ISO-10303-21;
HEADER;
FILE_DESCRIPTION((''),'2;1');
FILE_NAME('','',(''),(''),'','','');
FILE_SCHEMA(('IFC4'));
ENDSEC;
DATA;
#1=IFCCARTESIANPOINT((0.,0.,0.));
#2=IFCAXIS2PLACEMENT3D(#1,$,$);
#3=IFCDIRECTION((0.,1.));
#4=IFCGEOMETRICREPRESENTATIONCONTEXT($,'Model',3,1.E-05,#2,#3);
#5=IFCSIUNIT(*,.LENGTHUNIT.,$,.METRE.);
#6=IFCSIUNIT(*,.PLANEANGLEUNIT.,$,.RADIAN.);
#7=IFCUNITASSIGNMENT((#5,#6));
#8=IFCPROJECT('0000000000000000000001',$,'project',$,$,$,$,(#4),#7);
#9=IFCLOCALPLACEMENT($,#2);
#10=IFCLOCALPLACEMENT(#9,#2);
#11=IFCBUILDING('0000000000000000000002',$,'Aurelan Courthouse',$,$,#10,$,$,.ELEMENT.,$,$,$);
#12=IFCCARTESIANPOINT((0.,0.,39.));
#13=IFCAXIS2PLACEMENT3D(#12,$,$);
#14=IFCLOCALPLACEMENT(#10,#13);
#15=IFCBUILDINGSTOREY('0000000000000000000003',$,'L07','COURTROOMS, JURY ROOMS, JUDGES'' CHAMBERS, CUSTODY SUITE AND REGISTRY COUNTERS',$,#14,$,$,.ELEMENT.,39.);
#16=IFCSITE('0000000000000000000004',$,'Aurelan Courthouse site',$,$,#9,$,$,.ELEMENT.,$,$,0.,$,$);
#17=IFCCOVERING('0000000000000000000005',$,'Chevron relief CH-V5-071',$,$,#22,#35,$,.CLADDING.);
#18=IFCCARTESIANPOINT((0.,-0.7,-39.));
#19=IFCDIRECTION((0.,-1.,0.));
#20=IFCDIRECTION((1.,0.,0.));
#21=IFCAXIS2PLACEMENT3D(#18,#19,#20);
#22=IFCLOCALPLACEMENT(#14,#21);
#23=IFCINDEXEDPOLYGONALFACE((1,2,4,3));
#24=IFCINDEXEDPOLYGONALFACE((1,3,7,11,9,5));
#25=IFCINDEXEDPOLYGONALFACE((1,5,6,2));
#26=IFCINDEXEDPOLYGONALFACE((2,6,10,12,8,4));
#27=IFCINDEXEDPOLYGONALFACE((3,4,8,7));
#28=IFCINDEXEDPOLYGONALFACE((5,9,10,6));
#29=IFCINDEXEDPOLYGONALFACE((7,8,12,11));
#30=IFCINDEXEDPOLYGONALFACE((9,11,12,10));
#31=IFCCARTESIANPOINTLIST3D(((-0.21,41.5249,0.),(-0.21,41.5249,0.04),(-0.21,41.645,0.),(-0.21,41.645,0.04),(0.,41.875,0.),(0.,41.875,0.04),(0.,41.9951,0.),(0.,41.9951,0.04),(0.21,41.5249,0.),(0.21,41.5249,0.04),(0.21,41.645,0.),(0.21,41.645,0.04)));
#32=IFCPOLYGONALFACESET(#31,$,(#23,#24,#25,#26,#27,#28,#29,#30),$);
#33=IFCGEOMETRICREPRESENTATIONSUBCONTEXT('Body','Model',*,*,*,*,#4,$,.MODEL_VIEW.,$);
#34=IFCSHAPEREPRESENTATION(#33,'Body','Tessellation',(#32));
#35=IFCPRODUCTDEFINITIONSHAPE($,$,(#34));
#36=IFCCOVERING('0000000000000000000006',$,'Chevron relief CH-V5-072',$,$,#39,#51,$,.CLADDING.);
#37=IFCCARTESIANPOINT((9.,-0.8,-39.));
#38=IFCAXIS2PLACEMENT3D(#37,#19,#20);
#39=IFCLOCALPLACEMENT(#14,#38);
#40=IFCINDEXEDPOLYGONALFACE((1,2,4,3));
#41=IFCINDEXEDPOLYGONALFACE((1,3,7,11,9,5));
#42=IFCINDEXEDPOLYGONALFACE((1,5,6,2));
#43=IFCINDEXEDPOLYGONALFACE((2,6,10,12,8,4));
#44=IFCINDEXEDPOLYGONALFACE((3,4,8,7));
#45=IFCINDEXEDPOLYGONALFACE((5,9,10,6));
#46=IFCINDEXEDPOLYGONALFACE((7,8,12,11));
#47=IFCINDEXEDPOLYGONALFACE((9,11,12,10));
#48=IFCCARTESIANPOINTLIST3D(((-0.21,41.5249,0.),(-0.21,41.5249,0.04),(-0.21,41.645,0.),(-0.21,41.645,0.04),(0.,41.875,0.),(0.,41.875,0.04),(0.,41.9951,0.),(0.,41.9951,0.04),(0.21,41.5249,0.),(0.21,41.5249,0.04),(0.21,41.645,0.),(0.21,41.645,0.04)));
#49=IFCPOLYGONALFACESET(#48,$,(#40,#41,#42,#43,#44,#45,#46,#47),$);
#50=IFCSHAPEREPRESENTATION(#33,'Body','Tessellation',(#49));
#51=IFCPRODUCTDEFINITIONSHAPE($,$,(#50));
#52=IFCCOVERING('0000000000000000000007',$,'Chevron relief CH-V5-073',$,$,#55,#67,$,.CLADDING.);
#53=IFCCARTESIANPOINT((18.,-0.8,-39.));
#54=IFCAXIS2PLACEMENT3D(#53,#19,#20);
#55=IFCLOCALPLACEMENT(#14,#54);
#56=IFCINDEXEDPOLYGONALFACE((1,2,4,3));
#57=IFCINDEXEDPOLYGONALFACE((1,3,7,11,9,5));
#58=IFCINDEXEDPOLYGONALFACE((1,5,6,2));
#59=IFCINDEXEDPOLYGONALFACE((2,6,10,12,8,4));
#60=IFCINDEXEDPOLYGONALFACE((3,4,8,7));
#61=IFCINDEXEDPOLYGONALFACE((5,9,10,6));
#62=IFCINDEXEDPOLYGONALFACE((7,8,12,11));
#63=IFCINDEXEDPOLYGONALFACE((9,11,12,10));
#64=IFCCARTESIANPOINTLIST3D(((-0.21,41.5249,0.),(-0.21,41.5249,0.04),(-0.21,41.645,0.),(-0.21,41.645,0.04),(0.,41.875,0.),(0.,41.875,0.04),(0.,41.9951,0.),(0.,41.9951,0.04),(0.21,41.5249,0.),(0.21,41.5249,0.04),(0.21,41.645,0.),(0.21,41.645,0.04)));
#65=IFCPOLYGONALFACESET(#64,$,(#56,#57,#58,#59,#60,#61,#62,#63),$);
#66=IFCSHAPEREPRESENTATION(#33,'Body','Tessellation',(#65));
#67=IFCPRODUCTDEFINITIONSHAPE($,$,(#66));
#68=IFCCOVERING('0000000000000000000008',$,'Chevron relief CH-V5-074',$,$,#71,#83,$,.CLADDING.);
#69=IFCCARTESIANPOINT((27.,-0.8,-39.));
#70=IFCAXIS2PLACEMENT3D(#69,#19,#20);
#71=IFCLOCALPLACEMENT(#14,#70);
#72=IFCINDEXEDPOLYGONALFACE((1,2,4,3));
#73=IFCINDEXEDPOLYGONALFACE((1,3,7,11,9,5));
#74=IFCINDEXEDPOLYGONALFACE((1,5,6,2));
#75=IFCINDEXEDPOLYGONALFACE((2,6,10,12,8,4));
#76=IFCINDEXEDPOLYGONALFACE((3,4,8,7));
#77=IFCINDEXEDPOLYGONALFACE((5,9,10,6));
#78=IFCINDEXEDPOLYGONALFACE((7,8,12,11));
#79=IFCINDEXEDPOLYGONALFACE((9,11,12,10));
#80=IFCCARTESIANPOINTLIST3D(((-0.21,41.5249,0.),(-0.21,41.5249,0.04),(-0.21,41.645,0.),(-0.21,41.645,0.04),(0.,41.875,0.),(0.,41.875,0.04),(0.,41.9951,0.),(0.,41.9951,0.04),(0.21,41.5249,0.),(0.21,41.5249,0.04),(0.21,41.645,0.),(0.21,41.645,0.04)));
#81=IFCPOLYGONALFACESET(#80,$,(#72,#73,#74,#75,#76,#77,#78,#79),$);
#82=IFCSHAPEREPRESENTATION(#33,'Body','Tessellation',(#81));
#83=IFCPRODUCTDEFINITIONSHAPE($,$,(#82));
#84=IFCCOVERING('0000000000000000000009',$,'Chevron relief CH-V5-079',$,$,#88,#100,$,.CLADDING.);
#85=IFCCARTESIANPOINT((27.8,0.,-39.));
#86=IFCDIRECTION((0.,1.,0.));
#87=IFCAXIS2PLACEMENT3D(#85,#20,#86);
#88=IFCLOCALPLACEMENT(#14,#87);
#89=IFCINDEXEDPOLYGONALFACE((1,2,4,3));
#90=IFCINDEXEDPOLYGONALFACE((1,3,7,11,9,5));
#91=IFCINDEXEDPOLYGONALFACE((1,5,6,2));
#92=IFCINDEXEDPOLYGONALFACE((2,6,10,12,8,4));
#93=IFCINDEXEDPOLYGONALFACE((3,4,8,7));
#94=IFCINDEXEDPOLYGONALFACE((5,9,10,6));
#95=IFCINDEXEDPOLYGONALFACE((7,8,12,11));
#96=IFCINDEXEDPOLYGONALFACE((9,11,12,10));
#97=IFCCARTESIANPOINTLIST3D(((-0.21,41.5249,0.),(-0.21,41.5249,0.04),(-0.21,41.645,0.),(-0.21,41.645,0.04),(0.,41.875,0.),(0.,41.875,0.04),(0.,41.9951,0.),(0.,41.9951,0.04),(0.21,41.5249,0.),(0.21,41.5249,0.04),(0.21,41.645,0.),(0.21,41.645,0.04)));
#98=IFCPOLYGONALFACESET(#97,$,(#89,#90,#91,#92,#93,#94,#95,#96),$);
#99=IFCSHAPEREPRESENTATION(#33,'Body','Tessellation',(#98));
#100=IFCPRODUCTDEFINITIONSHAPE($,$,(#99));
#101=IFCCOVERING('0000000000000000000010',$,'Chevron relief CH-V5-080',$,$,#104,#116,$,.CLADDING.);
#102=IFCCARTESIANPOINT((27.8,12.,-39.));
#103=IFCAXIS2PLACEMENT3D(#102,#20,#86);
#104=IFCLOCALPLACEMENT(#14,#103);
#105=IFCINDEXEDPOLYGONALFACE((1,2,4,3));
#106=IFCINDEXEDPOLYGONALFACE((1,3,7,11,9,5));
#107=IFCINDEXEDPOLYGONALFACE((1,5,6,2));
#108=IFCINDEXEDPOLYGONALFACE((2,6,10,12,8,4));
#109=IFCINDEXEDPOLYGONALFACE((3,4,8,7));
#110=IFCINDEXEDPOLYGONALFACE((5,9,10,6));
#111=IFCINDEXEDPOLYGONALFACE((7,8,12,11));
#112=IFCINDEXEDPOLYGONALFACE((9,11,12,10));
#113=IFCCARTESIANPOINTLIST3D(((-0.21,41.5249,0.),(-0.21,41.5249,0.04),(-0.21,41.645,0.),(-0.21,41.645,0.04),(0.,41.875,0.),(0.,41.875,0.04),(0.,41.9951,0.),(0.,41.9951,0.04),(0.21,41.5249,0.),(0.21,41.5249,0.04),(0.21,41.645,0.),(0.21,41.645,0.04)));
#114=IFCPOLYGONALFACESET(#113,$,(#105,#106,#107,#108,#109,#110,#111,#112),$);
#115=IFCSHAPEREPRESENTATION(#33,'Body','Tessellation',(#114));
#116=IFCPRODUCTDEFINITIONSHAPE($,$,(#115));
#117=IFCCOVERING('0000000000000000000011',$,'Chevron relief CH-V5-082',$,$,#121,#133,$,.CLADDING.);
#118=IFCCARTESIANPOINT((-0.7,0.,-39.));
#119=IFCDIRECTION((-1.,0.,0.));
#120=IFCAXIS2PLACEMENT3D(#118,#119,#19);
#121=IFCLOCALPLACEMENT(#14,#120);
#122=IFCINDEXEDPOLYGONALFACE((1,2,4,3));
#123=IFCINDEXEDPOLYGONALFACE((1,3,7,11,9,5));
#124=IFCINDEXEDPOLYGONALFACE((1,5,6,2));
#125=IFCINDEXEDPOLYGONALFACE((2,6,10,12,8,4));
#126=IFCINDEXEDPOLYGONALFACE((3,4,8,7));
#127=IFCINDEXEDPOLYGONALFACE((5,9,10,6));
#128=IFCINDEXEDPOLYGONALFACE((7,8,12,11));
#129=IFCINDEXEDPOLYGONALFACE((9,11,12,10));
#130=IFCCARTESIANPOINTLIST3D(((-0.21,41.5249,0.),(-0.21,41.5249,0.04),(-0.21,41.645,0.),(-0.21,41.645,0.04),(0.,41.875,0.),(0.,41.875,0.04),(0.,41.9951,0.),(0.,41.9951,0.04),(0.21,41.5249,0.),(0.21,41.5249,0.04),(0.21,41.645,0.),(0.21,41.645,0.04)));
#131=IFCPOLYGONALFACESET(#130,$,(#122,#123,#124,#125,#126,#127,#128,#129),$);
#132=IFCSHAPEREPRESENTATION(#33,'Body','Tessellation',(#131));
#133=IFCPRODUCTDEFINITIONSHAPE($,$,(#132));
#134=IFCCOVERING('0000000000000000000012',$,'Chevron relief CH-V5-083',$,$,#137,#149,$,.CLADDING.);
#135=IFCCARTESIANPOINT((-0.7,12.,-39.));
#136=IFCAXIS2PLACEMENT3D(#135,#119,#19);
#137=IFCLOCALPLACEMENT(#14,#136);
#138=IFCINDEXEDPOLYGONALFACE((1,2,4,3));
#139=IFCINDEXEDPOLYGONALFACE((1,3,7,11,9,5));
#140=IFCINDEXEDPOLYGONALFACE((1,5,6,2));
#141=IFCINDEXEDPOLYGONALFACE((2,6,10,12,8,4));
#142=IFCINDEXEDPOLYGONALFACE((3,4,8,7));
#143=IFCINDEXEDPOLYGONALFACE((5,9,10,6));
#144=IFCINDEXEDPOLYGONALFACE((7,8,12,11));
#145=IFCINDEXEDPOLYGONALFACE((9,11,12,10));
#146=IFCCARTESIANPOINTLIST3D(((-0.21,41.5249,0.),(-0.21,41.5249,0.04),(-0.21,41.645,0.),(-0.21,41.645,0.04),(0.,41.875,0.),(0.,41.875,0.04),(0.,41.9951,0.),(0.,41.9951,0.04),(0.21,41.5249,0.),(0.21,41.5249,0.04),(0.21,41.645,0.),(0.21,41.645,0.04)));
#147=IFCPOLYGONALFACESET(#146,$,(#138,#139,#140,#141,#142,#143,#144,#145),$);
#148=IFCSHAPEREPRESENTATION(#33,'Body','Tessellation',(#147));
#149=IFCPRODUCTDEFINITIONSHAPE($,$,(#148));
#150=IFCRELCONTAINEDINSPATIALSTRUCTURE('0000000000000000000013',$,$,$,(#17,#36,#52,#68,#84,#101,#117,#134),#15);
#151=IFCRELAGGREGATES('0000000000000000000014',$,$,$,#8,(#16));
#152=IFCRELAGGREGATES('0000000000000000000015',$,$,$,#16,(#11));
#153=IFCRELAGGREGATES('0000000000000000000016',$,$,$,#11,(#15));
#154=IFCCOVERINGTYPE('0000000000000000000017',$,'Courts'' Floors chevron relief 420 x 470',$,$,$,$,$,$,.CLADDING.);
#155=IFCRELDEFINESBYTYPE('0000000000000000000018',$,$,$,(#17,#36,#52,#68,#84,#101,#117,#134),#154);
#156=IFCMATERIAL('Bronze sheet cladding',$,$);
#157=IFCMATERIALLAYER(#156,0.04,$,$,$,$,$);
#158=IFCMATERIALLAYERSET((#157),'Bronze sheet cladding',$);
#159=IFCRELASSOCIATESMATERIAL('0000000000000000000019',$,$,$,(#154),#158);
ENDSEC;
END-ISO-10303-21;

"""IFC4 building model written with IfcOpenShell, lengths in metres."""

from ifc_helpers import new_model, si_unit, direction, frame, origin, place, context, subcontext, project, spatial, polyline, outline, extrude, material, layer, layer_set, type_object, element, save


model = new_model("IFC4")

# Units and contexts
model_context = context("Model", 3, precision=1e-05, world=origin(), true_north=direction((0.0, 1.0)))
body_context = subcontext(model_context, "Body", "Model", "MODEL_VIEW")
ifc_project = project(units=[si_unit("LENGTHUNIT", "METRE"), si_unit("PLANEANGLEUNIT", "RADIAN")], contexts=[model_context])

# Site, building, storey
site_placement = place(None, origin())
site = spatial("IfcSite", under=ifc_project, at=site_placement, Name="Aurelan Courthouse site", CompositionType="ELEMENT", RefElevation=0.0)
building_placement = place(site_placement, origin())
building = spatial("IfcBuilding", under=site, at=building_placement, Name="Aurelan Courthouse", CompositionType="ELEMENT")
storey_placement = place(building_placement, frame((0.0, 0.0, 39.0)))
storey = spatial("IfcBuildingStorey", under=building, at=storey_placement, Name="L07", Description="COURTROOMS, JURY ROOMS, JUDGES' CHAMBERS, CUSTODY SUITE AND REGISTRY COUNTERS", CompositionType="ELEMENT", Elevation=39.0)

# Coverings
ifc_material_1 = material(Name="Bronze sheet cladding")
ifc_layer_1 = layer(ifc_material_1, 0.04)
ifc_layer_set_1 = layer_set([ifc_layer_1], Name="Bronze sheet cladding")
covering_type = type_object("IfcCoveringType", Name="Courts' Floors chevron relief 420 x 470", PredefinedType="CLADDING", material=ifc_layer_set_1)
for number, where, z_axis, x_axis, name in (
    (1, (0.0, -0.7, -39.0), (0.0, -1.0, 0.0), (1.0, 0.0, 0.0), "Chevron relief CH-V5-071"),
    (2, (9.0, -0.8, -39.0), (0.0, -1.0, 0.0), (1.0, 0.0, 0.0), "Chevron relief CH-V5-072"),
    (3, (18.0, -0.8, -39.0), (0.0, -1.0, 0.0), (1.0, 0.0, 0.0), "Chevron relief CH-V5-073"),
    (4, (27.0, -0.8, -39.0), (0.0, -1.0, 0.0), (1.0, 0.0, 0.0), "Chevron relief CH-V5-074"),
    (5, (27.8, 0.0, -39.0), (1.0, 0.0, 0.0), (0.0, 1.0, 0.0), "Chevron relief CH-V5-079"),
    (6, (27.8, 12.0, -39.0), (1.0, 0.0, 0.0), (0.0, 1.0, 0.0), "Chevron relief CH-V5-080"),
    (7, (-0.7, 0.0, -39.0), (-1.0, 0.0, 0.0), (0.0, -1.0, 0.0), "Chevron relief CH-V5-082"),
    (8, (-0.7, 12.0, -39.0), (-1.0, 0.0, 0.0), (0.0, -1.0, 0.0), "Chevron relief CH-V5-083"),
):
    element("IfcCovering", number, at=place(storey_placement, frame(where, z_axis=z_axis, x_axis=x_axis)), inside=storey, type_object=covering_type, Name=name, PredefinedType="CLADDING", context=body_context, shape_type="SweptSolid", body=[
        extrude(outline(polyline([(-0.21, 41.5249), (0.0, 41.875), (0.21, 41.5249), (0.21, 41.645), (0.0, 41.9951), (-0.21, 41.645), (-0.21, 41.5249)])), origin(), (0.0, 0.0, 1.0), 0.04),
    ])

save(model, "model.ifc")
